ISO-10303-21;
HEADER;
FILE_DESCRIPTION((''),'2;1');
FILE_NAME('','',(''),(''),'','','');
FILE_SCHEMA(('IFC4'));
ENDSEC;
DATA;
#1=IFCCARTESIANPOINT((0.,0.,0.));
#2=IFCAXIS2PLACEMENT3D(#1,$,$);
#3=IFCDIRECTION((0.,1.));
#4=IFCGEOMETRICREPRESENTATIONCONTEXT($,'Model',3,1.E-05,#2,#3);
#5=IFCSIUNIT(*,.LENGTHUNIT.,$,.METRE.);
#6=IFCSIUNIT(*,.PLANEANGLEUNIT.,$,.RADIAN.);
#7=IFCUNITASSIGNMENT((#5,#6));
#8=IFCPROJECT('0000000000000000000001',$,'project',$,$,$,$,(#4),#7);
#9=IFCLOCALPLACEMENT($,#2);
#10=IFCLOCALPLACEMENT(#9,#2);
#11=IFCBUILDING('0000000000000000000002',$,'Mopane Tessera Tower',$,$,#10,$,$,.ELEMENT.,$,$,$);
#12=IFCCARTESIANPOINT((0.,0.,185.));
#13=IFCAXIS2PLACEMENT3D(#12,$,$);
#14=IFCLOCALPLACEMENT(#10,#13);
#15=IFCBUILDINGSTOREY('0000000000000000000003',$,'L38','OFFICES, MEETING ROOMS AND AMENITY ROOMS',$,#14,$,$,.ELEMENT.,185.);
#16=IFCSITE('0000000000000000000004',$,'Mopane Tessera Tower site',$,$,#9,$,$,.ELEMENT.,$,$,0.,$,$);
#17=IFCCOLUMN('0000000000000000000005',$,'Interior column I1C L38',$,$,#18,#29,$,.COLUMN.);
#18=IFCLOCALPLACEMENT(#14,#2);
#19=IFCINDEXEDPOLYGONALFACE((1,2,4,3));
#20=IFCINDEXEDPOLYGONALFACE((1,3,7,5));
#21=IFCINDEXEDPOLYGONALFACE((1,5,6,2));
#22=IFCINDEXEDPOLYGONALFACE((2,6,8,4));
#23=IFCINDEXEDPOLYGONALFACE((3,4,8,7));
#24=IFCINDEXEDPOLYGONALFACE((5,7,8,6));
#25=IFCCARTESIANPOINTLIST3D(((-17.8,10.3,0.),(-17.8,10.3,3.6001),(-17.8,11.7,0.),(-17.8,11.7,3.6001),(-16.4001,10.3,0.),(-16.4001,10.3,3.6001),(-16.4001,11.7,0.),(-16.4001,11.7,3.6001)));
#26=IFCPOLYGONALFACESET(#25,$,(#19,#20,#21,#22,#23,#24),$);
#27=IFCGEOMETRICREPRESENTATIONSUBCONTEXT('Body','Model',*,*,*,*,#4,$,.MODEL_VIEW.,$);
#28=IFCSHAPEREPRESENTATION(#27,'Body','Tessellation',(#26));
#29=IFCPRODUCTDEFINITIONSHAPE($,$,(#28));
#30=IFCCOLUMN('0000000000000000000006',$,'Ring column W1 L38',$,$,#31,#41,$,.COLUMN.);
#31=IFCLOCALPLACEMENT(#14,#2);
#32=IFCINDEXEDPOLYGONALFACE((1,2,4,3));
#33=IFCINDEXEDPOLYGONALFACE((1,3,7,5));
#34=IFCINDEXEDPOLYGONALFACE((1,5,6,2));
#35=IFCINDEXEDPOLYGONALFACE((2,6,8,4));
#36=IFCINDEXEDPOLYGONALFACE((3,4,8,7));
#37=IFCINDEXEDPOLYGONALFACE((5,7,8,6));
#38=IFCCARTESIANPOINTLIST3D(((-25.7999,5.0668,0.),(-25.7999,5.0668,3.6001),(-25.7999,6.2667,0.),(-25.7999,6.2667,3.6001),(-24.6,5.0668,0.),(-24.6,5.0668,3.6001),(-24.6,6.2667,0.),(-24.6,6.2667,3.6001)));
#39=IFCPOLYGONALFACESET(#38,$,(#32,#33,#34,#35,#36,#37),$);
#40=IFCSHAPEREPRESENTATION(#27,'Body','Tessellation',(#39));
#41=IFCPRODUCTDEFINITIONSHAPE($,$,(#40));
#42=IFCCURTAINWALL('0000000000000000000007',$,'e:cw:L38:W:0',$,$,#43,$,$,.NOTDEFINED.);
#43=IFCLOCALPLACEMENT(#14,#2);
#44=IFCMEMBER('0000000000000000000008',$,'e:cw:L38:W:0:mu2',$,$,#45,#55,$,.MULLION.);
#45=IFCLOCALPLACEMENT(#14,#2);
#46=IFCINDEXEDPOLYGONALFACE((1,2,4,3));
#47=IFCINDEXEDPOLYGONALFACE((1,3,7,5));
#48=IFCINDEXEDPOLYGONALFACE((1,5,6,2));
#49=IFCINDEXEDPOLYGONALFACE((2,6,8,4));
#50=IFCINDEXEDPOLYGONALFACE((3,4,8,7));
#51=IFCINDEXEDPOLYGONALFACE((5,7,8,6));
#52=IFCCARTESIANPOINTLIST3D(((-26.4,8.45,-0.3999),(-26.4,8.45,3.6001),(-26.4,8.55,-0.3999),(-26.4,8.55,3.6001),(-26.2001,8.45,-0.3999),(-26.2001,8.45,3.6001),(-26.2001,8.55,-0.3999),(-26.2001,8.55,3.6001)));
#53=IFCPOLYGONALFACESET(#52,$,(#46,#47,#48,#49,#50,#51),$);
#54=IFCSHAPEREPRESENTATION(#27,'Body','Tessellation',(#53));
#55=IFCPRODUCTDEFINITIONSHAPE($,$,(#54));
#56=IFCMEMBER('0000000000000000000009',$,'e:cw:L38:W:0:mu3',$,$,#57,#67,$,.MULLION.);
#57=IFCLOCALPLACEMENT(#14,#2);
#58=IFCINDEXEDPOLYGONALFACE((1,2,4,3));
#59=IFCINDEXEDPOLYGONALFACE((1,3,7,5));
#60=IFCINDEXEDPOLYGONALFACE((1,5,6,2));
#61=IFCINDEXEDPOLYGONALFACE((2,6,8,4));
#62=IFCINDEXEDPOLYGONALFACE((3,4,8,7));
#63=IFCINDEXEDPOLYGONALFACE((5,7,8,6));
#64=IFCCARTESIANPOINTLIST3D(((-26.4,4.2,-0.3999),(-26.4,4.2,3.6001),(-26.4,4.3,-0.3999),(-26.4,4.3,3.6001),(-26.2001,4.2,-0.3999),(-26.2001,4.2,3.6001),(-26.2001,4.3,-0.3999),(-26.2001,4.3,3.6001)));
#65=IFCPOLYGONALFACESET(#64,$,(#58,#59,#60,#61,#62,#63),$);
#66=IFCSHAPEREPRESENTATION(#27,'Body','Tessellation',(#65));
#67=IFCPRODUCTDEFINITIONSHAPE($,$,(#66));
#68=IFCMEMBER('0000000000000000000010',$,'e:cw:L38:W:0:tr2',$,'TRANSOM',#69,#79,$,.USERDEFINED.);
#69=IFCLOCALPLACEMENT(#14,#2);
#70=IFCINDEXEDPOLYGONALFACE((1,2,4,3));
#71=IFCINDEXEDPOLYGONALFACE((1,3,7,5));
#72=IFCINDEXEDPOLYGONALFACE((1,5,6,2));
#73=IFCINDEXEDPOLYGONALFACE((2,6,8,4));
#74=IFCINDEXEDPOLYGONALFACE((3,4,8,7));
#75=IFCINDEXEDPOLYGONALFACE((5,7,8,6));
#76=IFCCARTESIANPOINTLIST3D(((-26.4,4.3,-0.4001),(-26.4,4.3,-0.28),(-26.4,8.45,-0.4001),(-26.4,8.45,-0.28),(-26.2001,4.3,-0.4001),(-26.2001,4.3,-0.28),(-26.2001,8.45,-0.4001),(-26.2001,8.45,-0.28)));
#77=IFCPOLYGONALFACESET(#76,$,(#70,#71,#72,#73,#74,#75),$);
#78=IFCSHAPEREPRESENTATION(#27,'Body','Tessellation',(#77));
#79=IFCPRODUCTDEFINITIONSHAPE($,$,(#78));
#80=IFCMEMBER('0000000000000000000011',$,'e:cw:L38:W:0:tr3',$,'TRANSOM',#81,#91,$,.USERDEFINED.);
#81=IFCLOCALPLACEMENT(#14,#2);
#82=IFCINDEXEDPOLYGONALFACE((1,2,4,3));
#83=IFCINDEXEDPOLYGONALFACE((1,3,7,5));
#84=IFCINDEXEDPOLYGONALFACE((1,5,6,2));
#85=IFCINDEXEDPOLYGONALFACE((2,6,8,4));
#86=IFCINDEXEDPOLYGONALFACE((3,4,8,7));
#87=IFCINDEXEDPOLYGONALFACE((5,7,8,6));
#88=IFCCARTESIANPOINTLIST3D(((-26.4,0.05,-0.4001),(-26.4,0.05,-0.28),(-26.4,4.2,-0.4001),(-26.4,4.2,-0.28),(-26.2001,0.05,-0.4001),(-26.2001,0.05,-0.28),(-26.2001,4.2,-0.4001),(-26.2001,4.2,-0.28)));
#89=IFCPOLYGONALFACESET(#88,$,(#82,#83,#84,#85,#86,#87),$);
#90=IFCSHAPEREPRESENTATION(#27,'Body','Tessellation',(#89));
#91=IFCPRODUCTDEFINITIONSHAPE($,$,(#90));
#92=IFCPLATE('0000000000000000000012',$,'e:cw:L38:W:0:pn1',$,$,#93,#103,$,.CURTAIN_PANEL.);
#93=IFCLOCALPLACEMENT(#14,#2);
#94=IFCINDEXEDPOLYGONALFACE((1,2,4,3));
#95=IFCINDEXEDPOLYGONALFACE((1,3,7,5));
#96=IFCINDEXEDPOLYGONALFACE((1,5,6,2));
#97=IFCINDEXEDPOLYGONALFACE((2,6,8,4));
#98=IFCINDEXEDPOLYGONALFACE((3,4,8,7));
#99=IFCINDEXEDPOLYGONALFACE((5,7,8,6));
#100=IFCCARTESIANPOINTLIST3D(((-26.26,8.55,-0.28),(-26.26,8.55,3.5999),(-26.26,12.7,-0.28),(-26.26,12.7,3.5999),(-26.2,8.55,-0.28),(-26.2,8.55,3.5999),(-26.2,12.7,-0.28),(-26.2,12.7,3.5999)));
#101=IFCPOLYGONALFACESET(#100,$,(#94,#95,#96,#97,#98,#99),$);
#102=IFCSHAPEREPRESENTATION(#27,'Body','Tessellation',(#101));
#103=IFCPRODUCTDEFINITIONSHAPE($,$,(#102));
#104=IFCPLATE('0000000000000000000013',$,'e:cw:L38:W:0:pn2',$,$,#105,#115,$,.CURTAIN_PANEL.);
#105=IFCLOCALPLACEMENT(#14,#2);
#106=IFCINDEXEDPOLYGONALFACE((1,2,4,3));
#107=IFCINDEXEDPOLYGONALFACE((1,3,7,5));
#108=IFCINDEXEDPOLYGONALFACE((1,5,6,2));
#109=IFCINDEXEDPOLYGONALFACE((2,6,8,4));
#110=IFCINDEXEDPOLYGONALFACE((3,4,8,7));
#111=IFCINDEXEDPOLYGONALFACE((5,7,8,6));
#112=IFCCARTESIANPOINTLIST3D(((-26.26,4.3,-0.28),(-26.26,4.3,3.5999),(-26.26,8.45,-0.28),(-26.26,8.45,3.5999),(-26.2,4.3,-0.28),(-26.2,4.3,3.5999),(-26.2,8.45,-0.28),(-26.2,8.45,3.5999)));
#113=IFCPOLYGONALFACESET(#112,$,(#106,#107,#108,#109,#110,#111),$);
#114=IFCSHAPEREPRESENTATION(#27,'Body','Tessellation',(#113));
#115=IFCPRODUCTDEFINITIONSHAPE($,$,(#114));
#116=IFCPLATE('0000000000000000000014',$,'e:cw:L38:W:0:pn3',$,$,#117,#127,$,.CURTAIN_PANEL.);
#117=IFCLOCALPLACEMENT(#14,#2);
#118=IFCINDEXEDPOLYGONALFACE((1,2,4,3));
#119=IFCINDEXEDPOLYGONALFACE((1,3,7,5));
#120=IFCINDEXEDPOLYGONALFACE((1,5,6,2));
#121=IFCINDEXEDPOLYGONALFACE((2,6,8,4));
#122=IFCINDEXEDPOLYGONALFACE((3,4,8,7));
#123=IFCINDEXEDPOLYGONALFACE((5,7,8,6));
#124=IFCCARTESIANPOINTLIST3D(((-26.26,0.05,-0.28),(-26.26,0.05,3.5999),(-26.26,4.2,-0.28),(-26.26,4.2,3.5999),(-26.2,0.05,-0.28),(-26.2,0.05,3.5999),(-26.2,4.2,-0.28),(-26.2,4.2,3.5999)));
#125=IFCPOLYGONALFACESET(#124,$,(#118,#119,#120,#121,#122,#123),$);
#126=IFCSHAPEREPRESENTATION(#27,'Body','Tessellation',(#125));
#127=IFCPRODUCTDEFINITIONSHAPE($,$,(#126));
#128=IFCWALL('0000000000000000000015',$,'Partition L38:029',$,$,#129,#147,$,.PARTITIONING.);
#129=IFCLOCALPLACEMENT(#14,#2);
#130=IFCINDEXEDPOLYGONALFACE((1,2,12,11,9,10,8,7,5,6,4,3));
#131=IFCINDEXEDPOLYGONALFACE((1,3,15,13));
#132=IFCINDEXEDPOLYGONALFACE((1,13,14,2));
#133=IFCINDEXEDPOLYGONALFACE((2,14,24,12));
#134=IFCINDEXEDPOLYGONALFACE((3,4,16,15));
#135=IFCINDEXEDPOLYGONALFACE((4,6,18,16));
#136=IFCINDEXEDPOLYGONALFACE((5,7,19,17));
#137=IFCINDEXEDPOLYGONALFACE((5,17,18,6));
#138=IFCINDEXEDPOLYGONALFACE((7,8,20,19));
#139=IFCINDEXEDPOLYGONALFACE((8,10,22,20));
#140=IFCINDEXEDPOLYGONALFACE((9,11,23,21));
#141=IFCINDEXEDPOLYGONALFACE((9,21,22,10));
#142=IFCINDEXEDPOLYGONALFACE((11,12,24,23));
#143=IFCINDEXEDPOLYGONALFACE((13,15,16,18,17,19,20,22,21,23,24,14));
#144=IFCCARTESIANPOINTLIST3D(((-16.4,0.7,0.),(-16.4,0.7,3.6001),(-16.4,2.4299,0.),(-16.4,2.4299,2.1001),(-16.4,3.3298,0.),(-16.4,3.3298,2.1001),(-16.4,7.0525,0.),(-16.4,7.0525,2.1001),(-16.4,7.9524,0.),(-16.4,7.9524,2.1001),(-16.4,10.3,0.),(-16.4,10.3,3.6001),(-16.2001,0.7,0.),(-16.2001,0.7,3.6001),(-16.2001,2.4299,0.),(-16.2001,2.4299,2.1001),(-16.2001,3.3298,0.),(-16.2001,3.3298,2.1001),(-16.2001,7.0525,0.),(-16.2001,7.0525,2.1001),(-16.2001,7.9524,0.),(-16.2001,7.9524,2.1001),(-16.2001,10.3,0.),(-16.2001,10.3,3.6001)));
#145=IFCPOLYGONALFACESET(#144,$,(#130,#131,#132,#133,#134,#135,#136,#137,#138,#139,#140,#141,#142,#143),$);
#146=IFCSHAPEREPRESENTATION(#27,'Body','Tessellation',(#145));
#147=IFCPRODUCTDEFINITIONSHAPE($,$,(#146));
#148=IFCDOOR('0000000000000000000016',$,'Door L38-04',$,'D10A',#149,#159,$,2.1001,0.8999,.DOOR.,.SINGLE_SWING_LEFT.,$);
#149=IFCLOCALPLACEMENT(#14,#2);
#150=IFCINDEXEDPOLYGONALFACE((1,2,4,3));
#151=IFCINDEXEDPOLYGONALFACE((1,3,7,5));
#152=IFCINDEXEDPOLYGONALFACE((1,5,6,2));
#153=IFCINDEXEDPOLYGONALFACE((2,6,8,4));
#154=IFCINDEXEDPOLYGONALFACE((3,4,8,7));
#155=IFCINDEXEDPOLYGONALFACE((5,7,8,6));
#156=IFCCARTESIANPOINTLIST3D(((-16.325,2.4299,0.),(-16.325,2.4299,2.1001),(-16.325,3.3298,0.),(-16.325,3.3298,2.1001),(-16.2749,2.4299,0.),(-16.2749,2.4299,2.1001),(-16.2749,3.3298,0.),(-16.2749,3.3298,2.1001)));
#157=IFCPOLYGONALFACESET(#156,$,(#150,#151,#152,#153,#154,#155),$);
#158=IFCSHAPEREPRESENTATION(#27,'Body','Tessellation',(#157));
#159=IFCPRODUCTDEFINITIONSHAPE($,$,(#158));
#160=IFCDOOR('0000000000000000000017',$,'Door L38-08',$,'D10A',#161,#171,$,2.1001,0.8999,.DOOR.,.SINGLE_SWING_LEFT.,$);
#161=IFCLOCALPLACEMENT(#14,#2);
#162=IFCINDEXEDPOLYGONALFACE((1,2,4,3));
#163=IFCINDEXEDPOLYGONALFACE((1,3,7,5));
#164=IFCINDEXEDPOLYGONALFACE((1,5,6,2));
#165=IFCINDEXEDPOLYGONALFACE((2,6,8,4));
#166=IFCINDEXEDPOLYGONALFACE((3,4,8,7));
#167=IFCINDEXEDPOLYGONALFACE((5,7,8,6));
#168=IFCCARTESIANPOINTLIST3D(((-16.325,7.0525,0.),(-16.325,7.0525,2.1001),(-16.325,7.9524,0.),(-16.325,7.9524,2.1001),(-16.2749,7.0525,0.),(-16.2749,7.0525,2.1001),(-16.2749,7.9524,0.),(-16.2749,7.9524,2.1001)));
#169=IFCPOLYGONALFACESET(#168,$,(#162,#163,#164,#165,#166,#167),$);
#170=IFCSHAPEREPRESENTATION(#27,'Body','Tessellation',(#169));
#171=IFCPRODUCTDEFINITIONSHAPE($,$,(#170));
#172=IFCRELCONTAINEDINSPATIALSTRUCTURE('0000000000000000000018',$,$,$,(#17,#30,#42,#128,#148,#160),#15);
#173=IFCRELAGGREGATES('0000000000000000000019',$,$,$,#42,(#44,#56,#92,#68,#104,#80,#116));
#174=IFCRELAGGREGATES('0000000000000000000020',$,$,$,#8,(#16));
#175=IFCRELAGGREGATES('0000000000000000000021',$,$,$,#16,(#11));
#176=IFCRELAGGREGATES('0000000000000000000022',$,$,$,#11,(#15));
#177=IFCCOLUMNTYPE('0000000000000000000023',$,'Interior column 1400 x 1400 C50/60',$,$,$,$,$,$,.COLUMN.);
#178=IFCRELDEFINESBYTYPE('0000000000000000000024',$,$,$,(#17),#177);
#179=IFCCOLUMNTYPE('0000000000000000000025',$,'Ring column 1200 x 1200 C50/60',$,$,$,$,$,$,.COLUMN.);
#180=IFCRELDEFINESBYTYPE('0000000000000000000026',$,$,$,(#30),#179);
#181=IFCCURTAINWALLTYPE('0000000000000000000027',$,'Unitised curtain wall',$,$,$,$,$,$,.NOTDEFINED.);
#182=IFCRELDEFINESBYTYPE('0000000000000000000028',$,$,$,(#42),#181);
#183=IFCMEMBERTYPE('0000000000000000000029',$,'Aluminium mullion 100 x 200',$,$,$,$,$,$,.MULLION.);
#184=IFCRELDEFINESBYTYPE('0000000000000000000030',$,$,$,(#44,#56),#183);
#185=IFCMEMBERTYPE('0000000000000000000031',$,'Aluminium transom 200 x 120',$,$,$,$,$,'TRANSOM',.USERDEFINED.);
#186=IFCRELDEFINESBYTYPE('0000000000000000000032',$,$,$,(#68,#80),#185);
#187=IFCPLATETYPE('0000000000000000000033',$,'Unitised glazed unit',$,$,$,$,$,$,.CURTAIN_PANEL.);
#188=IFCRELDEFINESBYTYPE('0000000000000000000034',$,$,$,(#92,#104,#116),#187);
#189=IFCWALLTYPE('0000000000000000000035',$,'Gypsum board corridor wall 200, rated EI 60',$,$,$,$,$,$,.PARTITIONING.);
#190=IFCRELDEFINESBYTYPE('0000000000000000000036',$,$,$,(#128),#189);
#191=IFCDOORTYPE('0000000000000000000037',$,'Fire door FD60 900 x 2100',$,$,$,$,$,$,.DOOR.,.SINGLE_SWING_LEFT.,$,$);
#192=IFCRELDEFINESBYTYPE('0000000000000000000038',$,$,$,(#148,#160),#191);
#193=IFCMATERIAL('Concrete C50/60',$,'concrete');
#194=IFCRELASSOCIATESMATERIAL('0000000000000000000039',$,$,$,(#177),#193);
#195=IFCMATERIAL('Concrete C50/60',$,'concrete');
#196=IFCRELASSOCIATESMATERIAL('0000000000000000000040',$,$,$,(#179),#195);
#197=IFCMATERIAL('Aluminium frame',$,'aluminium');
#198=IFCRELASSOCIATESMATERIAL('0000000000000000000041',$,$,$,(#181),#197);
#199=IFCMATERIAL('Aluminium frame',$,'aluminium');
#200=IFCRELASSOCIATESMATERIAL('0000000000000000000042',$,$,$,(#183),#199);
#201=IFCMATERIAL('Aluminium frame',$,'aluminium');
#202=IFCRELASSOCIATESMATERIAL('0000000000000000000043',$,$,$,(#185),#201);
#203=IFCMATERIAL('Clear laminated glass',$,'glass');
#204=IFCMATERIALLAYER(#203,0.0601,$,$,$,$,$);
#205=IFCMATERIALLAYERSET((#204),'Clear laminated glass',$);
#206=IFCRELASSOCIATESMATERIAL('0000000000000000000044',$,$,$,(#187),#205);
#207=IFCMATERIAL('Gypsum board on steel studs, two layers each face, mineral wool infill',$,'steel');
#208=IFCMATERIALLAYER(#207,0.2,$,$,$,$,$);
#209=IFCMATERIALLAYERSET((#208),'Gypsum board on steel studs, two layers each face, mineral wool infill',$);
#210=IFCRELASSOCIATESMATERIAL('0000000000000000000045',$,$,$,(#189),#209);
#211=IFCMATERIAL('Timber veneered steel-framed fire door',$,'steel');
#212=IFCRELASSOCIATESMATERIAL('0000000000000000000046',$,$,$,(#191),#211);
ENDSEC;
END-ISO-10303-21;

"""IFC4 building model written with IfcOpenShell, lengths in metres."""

from ifc_helpers import new_model, si_unit, direction, frame, frame_2d, origin, origin_2d, place, context, subcontext, project, spatial, rectangle, extrude, material, layer, layer_set, material_profile, profile_set, type_object, element, fill, aggregate, save


model = new_model("IFC4")

# Units and contexts
model_context = context("Model", 3, precision=1e-05, world=origin(), true_north=direction((0.0, 1.0)))
body_context = subcontext(model_context, "Body", "Model", "MODEL_VIEW")
ifc_project = project(units=[si_unit("LENGTHUNIT", "METRE"), si_unit("PLANEANGLEUNIT", "RADIAN")], contexts=[model_context])

# Site, building, storey
site_placement = place(None, origin())
site = spatial("IfcSite", under=ifc_project, at=site_placement, Name="Mopane Tessera Tower site", CompositionType="ELEMENT", RefElevation=0.0)
building_placement = place(site_placement, origin())
building = spatial("IfcBuilding", under=site, at=building_placement, Name="Mopane Tessera Tower", CompositionType="ELEMENT")
storey_placement = place(building_placement, frame((0.0, 0.0, 185.0)))
storey = spatial("IfcBuildingStorey", under=building, at=storey_placement, Name="L38", Description="OFFICES, MEETING ROOMS AND AMENITY ROOMS", CompositionType="ELEMENT", Elevation=185.0)

# Columns
ifc_material_1 = material(Name="Concrete C50/60", Category="concrete")
ifc_material_profile_1 = material_profile(ifc_material_1, rectangle(XDim=1.3999, YDim=1.3999, at=origin_2d()))
ifc_profile_set_1 = profile_set([ifc_material_profile_1], Name="Concrete C50/60")
column_type_1 = type_object("IfcColumnType", Name="Interior column 1400 x 1400 C50/60", PredefinedType="COLUMN", material=ifc_profile_set_1)
column_1_placement = place(storey_placement, frame((-17.1001, 11.0, 0.0), z_axis=(0.0, 0.0, 1.0), x_axis=(1.0, 0.0, 0.0)))
element("IfcColumn", 1, at=column_1_placement, inside=storey, type_object=column_type_1, Name="Interior column I1C L38", PredefinedType="COLUMN", context=body_context, shape_type="SweptSolid", body=[
    extrude(rectangle(XDim=1.3999, YDim=1.3999, at=origin_2d()), origin(), (0.0, 0.0, 1.0), 3.6001),
])
ifc_material_2 = material(Name="Concrete C50/60", Category="concrete")
ifc_material_profile_2 = material_profile(ifc_material_2, rectangle(XDim=1.2, YDim=1.2, at=origin_2d()))
ifc_profile_set_2 = profile_set([ifc_material_profile_2], Name="Concrete C50/60")
column_type_2 = type_object("IfcColumnType", Name="Ring column 1200 x 1200 C50/60", PredefinedType="COLUMN", material=ifc_profile_set_2)
column_2_placement = place(storey_placement, frame((-25.2, 5.6667, 0.0), z_axis=(0.0, 0.0, 1.0), x_axis=(1.0, 0.0, 0.0)))
element("IfcColumn", 2, at=column_2_placement, inside=storey, type_object=column_type_2, Name="Ring column W1 L38", PredefinedType="COLUMN", context=body_context, shape_type="SweptSolid", body=[
    extrude(rectangle(XDim=1.2, YDim=1.2, at=origin_2d()), origin(), (0.0, 0.0, 1.0), 3.6001),
])

# Curtain wall, members, plates
ifc_material_3 = material(Name="Aluminium frame", Category="aluminium")
curtain_wall_type = type_object("IfcCurtainWallType", Name="Unitised curtain wall", PredefinedType="NOTDEFINED", material=ifc_material_3)
curtain_wall_placement = place(storey_placement, origin())
curtain_wall = element("IfcCurtainWall", 3, at=curtain_wall_placement, inside=storey, type_object=curtain_wall_type, Name="e:cw:L38:W:0", PredefinedType="NOTDEFINED")
ifc_material_4 = material(Name="Aluminium frame", Category="aluminium")
ifc_material_profile_3 = material_profile(ifc_material_4, rectangle(XDim=0.1001, YDim=0.2, at=origin_2d()))
ifc_profile_set_3 = profile_set([ifc_material_profile_3], Name="Aluminium frame")
member_type_1 = type_object("IfcMemberType", Name="Aluminium mullion 100 x 200", PredefinedType="MULLION", material=ifc_profile_set_3)
member_1_placement = place(storey_placement, frame((-26.3, 8.5, -0.3999), z_axis=(0.0, 0.0, 1.0), x_axis=(0.0, -1.0, 0.0)))
member_1 = element("IfcMember", 4, at=member_1_placement, type_object=member_type_1, Name="e:cw:L38:W:0:mu2", PredefinedType="MULLION", context=body_context, shape_type="SweptSolid", body=[
    extrude(rectangle(XDim=0.1001, YDim=0.2, at=origin_2d()), origin(), (0.0, 0.0, 1.0), 4.0),
])
member_2_placement = place(storey_placement, frame((-26.3, 4.25, -0.3999), z_axis=(0.0, 0.0, 1.0), x_axis=(0.0, -1.0, 0.0)))
member_2 = element("IfcMember", 5, at=member_2_placement, type_object=member_type_1, Name="e:cw:L38:W:0:mu3", PredefinedType="MULLION", context=body_context, shape_type="SweptSolid", body=[
    extrude(rectangle(XDim=0.1001, YDim=0.2, at=origin_2d()), origin(), (0.0, 0.0, 1.0), 4.0),
])
ifc_material_5 = material(Name="Aluminium frame", Category="aluminium")
ifc_material_profile_4 = material_profile(ifc_material_5, rectangle(XDim=0.2, YDim=0.1201, at=origin_2d()))
ifc_profile_set_4 = profile_set([ifc_material_profile_4], Name="Aluminium frame")
member_type_2 = type_object("IfcMemberType", Name="Aluminium transom 200 x 120", ElementType="TRANSOM", PredefinedType="USERDEFINED", material=ifc_profile_set_4)
member_3_placement = place(storey_placement, frame((-26.3, 8.45, -0.3401), z_axis=(0.0, -1.0, 0.0), x_axis=(1.0, 0.0, 0.0)))
member_3 = element("IfcMember", 6, at=member_3_placement, type_object=member_type_2, Name="e:cw:L38:W:0:tr2", ObjectType="TRANSOM", PredefinedType="USERDEFINED", context=body_context, shape_type="SweptSolid", body=[
    extrude(rectangle(XDim=0.2, YDim=0.1201, at=origin_2d()), origin(), (0.0, 0.0, 1.0), 4.1499),
])
member_4_placement = place(storey_placement, frame((-26.3, 4.2, -0.3401), z_axis=(0.0, -1.0, 0.0), x_axis=(1.0, 0.0, 0.0)))
member_4 = element("IfcMember", 7, at=member_4_placement, type_object=member_type_2, Name="e:cw:L38:W:0:tr3", ObjectType="TRANSOM", PredefinedType="USERDEFINED", context=body_context, shape_type="SweptSolid", body=[
    extrude(rectangle(XDim=0.2, YDim=0.1201, at=origin_2d()), origin(), (0.0, 0.0, 1.0), 4.1499),
])
ifc_material_6 = material(Name="Clear laminated glass", Category="glass")
ifc_layer_1 = layer(ifc_material_6, 0.0601)
ifc_layer_set_1 = layer_set([ifc_layer_1], Name="Clear laminated glass")
plate_type = type_object("IfcPlateType", Name="Unitised glazed unit", PredefinedType="CURTAIN_PANEL", material=ifc_layer_set_1)
plate_1_placement = place(storey_placement, frame((-26.23, 10.625, -0.28), z_axis=(0.0, 0.0, 1.0), x_axis=(0.0, -1.0, 0.0)))
plate_1 = element("IfcPlate", 8, at=plate_1_placement, type_object=plate_type, Name="e:cw:L38:W:0:pn1", PredefinedType="CURTAIN_PANEL", context=body_context, shape_type="SweptSolid", body=[
    extrude(rectangle(XDim=4.1499, YDim=0.0601, at=origin_2d()), origin(), (0.0, 0.0, 1.0), 3.8799),
])
plate_2_placement = place(storey_placement, frame((-26.23, 6.375, -0.28), z_axis=(0.0, 0.0, 1.0), x_axis=(0.0, -1.0, 0.0)))
plate_2 = element("IfcPlate", 9, at=plate_2_placement, type_object=plate_type, Name="e:cw:L38:W:0:pn2", PredefinedType="CURTAIN_PANEL", context=body_context, shape_type="SweptSolid", body=[
    extrude(rectangle(XDim=4.1499, YDim=0.0601, at=origin_2d()), origin(), (0.0, 0.0, 1.0), 3.8799),
])
plate_3_placement = place(storey_placement, frame((-26.23, 2.125, -0.28), z_axis=(0.0, 0.0, 1.0), x_axis=(0.0, -1.0, 0.0)))
plate_3 = element("IfcPlate", 10, at=plate_3_placement, type_object=plate_type, Name="e:cw:L38:W:0:pn3", PredefinedType="CURTAIN_PANEL", context=body_context, shape_type="SweptSolid", body=[
    extrude(rectangle(XDim=4.1499, YDim=0.0601, at=origin_2d()), origin(), (0.0, 0.0, 1.0), 3.8799),
])
aggregate(curtain_wall, [member_1, member_2, plate_1, member_3, plate_2, member_4, plate_3])

# Wall, openings, doors
ifc_material_7 = material(Name="Gypsum board on steel studs, two layers each face, mineral wool infill", Category="steel")
ifc_layer_2 = layer(ifc_material_7, 0.2)
ifc_layer_set_2 = layer_set([ifc_layer_2], Name="Gypsum board on steel studs, two layers each face, mineral wool infill")
wall_type_1 = type_object("IfcWallType", Name="Gypsum board corridor wall 200, rated EI 60", PredefinedType="PARTITIONING", material=ifc_layer_set_2)
wall_1_placement = place(storey_placement, frame((-16.3, 0.7, 0.0), z_axis=(0.0, 0.0, 1.0), x_axis=(0.0, 1.0, 0.0)))
wall_1 = element("IfcWall", 11, at=wall_1_placement, inside=storey, type_object=wall_type_1, Name="Partition L38:029", PredefinedType="PARTITIONING", context=body_context, shape_type="SweptSolid", body=[
    extrude(rectangle(XDim=9.6001, YDim=0.2, at=frame_2d((4.8, 0.0))), origin(), (0.0, 0.0, 1.0), 3.6001),
])
opening_1_placement = place(wall_1_placement, frame((1.73, 0.0, 0.0)))
opening_1 = element("IfcOpeningElement", 12, at=opening_1_placement, cuts=wall_1, PredefinedType="OPENING", context=body_context, shape_type="SweptSolid", body=[
    extrude(rectangle(XDim=0.8999, YDim=2.1001, at=frame_2d((0.45, 1.05))), frame((0.0, 0.1121, 0.0), z_axis=(0.0, -1.0, 0.0), x_axis=(1.0, 0.0, 0.0)), (0.0, 0.0, 1.0), 0.2239),
])
opening_2_placement = place(wall_1_placement, frame((6.3525, 0.0, 0.0)))
opening_2 = element("IfcOpeningElement", 13, at=opening_2_placement, cuts=wall_1, PredefinedType="OPENING", context=body_context, shape_type="SweptSolid", body=[
    extrude(rectangle(XDim=0.8999, YDim=2.1001, at=frame_2d((0.45, 1.05))), frame((0.0, 0.1121, 0.0), z_axis=(0.0, -1.0, 0.0), x_axis=(1.0, 0.0, 0.0)), (0.0, 0.0, 1.0), 0.2239),
])
ifc_material_8 = material(Name="Timber veneered steel-framed fire door", Category="steel")
door_type_1 = type_object("IfcDoorType", Name="Fire door FD60 900 x 2100", OperationType="SINGLE_SWING_LEFT", PredefinedType="DOOR", material=ifc_material_8)
door_1_placement = place(opening_1_placement, origin())
door_1 = element("IfcDoor", 14, at=door_1_placement, inside=storey, type_object=door_type_1, Name="Door L38-04", ObjectType="D10A", OperationType="SINGLE_SWING_LEFT", OverallHeight=2.1001, OverallWidth=0.8999, PredefinedType="DOOR", context=body_context, shape_type="SweptSolid", body=[
    extrude(rectangle(XDim=0.8999, YDim=2.1001, at=frame_2d((0.45, 1.05))), frame((0.0, 0.0249, 0.0), z_axis=(0.0, -1.0, 0.0), x_axis=(1.0, 0.0, 0.0)), (0.0, 0.0, 1.0), 0.05),
])
fill(opening_1, door_1)
door_2_placement = place(opening_2_placement, origin())
door_2 = element("IfcDoor", 15, at=door_2_placement, inside=storey, type_object=door_type_1, Name="Door L38-08", ObjectType="D10A", OperationType="SINGLE_SWING_LEFT", OverallHeight=2.1001, OverallWidth=0.8999, PredefinedType="DOOR", context=body_context, shape_type="SweptSolid", body=[
    extrude(rectangle(XDim=0.8999, YDim=2.1001, at=frame_2d((0.45, 1.05))), frame((0.0, 0.0249, 0.0), z_axis=(0.0, -1.0, 0.0), x_axis=(1.0, 0.0, 0.0)), (0.0, 0.0, 1.0), 0.05),
])
fill(opening_2, door_2)

save(model, "model.ifc")
